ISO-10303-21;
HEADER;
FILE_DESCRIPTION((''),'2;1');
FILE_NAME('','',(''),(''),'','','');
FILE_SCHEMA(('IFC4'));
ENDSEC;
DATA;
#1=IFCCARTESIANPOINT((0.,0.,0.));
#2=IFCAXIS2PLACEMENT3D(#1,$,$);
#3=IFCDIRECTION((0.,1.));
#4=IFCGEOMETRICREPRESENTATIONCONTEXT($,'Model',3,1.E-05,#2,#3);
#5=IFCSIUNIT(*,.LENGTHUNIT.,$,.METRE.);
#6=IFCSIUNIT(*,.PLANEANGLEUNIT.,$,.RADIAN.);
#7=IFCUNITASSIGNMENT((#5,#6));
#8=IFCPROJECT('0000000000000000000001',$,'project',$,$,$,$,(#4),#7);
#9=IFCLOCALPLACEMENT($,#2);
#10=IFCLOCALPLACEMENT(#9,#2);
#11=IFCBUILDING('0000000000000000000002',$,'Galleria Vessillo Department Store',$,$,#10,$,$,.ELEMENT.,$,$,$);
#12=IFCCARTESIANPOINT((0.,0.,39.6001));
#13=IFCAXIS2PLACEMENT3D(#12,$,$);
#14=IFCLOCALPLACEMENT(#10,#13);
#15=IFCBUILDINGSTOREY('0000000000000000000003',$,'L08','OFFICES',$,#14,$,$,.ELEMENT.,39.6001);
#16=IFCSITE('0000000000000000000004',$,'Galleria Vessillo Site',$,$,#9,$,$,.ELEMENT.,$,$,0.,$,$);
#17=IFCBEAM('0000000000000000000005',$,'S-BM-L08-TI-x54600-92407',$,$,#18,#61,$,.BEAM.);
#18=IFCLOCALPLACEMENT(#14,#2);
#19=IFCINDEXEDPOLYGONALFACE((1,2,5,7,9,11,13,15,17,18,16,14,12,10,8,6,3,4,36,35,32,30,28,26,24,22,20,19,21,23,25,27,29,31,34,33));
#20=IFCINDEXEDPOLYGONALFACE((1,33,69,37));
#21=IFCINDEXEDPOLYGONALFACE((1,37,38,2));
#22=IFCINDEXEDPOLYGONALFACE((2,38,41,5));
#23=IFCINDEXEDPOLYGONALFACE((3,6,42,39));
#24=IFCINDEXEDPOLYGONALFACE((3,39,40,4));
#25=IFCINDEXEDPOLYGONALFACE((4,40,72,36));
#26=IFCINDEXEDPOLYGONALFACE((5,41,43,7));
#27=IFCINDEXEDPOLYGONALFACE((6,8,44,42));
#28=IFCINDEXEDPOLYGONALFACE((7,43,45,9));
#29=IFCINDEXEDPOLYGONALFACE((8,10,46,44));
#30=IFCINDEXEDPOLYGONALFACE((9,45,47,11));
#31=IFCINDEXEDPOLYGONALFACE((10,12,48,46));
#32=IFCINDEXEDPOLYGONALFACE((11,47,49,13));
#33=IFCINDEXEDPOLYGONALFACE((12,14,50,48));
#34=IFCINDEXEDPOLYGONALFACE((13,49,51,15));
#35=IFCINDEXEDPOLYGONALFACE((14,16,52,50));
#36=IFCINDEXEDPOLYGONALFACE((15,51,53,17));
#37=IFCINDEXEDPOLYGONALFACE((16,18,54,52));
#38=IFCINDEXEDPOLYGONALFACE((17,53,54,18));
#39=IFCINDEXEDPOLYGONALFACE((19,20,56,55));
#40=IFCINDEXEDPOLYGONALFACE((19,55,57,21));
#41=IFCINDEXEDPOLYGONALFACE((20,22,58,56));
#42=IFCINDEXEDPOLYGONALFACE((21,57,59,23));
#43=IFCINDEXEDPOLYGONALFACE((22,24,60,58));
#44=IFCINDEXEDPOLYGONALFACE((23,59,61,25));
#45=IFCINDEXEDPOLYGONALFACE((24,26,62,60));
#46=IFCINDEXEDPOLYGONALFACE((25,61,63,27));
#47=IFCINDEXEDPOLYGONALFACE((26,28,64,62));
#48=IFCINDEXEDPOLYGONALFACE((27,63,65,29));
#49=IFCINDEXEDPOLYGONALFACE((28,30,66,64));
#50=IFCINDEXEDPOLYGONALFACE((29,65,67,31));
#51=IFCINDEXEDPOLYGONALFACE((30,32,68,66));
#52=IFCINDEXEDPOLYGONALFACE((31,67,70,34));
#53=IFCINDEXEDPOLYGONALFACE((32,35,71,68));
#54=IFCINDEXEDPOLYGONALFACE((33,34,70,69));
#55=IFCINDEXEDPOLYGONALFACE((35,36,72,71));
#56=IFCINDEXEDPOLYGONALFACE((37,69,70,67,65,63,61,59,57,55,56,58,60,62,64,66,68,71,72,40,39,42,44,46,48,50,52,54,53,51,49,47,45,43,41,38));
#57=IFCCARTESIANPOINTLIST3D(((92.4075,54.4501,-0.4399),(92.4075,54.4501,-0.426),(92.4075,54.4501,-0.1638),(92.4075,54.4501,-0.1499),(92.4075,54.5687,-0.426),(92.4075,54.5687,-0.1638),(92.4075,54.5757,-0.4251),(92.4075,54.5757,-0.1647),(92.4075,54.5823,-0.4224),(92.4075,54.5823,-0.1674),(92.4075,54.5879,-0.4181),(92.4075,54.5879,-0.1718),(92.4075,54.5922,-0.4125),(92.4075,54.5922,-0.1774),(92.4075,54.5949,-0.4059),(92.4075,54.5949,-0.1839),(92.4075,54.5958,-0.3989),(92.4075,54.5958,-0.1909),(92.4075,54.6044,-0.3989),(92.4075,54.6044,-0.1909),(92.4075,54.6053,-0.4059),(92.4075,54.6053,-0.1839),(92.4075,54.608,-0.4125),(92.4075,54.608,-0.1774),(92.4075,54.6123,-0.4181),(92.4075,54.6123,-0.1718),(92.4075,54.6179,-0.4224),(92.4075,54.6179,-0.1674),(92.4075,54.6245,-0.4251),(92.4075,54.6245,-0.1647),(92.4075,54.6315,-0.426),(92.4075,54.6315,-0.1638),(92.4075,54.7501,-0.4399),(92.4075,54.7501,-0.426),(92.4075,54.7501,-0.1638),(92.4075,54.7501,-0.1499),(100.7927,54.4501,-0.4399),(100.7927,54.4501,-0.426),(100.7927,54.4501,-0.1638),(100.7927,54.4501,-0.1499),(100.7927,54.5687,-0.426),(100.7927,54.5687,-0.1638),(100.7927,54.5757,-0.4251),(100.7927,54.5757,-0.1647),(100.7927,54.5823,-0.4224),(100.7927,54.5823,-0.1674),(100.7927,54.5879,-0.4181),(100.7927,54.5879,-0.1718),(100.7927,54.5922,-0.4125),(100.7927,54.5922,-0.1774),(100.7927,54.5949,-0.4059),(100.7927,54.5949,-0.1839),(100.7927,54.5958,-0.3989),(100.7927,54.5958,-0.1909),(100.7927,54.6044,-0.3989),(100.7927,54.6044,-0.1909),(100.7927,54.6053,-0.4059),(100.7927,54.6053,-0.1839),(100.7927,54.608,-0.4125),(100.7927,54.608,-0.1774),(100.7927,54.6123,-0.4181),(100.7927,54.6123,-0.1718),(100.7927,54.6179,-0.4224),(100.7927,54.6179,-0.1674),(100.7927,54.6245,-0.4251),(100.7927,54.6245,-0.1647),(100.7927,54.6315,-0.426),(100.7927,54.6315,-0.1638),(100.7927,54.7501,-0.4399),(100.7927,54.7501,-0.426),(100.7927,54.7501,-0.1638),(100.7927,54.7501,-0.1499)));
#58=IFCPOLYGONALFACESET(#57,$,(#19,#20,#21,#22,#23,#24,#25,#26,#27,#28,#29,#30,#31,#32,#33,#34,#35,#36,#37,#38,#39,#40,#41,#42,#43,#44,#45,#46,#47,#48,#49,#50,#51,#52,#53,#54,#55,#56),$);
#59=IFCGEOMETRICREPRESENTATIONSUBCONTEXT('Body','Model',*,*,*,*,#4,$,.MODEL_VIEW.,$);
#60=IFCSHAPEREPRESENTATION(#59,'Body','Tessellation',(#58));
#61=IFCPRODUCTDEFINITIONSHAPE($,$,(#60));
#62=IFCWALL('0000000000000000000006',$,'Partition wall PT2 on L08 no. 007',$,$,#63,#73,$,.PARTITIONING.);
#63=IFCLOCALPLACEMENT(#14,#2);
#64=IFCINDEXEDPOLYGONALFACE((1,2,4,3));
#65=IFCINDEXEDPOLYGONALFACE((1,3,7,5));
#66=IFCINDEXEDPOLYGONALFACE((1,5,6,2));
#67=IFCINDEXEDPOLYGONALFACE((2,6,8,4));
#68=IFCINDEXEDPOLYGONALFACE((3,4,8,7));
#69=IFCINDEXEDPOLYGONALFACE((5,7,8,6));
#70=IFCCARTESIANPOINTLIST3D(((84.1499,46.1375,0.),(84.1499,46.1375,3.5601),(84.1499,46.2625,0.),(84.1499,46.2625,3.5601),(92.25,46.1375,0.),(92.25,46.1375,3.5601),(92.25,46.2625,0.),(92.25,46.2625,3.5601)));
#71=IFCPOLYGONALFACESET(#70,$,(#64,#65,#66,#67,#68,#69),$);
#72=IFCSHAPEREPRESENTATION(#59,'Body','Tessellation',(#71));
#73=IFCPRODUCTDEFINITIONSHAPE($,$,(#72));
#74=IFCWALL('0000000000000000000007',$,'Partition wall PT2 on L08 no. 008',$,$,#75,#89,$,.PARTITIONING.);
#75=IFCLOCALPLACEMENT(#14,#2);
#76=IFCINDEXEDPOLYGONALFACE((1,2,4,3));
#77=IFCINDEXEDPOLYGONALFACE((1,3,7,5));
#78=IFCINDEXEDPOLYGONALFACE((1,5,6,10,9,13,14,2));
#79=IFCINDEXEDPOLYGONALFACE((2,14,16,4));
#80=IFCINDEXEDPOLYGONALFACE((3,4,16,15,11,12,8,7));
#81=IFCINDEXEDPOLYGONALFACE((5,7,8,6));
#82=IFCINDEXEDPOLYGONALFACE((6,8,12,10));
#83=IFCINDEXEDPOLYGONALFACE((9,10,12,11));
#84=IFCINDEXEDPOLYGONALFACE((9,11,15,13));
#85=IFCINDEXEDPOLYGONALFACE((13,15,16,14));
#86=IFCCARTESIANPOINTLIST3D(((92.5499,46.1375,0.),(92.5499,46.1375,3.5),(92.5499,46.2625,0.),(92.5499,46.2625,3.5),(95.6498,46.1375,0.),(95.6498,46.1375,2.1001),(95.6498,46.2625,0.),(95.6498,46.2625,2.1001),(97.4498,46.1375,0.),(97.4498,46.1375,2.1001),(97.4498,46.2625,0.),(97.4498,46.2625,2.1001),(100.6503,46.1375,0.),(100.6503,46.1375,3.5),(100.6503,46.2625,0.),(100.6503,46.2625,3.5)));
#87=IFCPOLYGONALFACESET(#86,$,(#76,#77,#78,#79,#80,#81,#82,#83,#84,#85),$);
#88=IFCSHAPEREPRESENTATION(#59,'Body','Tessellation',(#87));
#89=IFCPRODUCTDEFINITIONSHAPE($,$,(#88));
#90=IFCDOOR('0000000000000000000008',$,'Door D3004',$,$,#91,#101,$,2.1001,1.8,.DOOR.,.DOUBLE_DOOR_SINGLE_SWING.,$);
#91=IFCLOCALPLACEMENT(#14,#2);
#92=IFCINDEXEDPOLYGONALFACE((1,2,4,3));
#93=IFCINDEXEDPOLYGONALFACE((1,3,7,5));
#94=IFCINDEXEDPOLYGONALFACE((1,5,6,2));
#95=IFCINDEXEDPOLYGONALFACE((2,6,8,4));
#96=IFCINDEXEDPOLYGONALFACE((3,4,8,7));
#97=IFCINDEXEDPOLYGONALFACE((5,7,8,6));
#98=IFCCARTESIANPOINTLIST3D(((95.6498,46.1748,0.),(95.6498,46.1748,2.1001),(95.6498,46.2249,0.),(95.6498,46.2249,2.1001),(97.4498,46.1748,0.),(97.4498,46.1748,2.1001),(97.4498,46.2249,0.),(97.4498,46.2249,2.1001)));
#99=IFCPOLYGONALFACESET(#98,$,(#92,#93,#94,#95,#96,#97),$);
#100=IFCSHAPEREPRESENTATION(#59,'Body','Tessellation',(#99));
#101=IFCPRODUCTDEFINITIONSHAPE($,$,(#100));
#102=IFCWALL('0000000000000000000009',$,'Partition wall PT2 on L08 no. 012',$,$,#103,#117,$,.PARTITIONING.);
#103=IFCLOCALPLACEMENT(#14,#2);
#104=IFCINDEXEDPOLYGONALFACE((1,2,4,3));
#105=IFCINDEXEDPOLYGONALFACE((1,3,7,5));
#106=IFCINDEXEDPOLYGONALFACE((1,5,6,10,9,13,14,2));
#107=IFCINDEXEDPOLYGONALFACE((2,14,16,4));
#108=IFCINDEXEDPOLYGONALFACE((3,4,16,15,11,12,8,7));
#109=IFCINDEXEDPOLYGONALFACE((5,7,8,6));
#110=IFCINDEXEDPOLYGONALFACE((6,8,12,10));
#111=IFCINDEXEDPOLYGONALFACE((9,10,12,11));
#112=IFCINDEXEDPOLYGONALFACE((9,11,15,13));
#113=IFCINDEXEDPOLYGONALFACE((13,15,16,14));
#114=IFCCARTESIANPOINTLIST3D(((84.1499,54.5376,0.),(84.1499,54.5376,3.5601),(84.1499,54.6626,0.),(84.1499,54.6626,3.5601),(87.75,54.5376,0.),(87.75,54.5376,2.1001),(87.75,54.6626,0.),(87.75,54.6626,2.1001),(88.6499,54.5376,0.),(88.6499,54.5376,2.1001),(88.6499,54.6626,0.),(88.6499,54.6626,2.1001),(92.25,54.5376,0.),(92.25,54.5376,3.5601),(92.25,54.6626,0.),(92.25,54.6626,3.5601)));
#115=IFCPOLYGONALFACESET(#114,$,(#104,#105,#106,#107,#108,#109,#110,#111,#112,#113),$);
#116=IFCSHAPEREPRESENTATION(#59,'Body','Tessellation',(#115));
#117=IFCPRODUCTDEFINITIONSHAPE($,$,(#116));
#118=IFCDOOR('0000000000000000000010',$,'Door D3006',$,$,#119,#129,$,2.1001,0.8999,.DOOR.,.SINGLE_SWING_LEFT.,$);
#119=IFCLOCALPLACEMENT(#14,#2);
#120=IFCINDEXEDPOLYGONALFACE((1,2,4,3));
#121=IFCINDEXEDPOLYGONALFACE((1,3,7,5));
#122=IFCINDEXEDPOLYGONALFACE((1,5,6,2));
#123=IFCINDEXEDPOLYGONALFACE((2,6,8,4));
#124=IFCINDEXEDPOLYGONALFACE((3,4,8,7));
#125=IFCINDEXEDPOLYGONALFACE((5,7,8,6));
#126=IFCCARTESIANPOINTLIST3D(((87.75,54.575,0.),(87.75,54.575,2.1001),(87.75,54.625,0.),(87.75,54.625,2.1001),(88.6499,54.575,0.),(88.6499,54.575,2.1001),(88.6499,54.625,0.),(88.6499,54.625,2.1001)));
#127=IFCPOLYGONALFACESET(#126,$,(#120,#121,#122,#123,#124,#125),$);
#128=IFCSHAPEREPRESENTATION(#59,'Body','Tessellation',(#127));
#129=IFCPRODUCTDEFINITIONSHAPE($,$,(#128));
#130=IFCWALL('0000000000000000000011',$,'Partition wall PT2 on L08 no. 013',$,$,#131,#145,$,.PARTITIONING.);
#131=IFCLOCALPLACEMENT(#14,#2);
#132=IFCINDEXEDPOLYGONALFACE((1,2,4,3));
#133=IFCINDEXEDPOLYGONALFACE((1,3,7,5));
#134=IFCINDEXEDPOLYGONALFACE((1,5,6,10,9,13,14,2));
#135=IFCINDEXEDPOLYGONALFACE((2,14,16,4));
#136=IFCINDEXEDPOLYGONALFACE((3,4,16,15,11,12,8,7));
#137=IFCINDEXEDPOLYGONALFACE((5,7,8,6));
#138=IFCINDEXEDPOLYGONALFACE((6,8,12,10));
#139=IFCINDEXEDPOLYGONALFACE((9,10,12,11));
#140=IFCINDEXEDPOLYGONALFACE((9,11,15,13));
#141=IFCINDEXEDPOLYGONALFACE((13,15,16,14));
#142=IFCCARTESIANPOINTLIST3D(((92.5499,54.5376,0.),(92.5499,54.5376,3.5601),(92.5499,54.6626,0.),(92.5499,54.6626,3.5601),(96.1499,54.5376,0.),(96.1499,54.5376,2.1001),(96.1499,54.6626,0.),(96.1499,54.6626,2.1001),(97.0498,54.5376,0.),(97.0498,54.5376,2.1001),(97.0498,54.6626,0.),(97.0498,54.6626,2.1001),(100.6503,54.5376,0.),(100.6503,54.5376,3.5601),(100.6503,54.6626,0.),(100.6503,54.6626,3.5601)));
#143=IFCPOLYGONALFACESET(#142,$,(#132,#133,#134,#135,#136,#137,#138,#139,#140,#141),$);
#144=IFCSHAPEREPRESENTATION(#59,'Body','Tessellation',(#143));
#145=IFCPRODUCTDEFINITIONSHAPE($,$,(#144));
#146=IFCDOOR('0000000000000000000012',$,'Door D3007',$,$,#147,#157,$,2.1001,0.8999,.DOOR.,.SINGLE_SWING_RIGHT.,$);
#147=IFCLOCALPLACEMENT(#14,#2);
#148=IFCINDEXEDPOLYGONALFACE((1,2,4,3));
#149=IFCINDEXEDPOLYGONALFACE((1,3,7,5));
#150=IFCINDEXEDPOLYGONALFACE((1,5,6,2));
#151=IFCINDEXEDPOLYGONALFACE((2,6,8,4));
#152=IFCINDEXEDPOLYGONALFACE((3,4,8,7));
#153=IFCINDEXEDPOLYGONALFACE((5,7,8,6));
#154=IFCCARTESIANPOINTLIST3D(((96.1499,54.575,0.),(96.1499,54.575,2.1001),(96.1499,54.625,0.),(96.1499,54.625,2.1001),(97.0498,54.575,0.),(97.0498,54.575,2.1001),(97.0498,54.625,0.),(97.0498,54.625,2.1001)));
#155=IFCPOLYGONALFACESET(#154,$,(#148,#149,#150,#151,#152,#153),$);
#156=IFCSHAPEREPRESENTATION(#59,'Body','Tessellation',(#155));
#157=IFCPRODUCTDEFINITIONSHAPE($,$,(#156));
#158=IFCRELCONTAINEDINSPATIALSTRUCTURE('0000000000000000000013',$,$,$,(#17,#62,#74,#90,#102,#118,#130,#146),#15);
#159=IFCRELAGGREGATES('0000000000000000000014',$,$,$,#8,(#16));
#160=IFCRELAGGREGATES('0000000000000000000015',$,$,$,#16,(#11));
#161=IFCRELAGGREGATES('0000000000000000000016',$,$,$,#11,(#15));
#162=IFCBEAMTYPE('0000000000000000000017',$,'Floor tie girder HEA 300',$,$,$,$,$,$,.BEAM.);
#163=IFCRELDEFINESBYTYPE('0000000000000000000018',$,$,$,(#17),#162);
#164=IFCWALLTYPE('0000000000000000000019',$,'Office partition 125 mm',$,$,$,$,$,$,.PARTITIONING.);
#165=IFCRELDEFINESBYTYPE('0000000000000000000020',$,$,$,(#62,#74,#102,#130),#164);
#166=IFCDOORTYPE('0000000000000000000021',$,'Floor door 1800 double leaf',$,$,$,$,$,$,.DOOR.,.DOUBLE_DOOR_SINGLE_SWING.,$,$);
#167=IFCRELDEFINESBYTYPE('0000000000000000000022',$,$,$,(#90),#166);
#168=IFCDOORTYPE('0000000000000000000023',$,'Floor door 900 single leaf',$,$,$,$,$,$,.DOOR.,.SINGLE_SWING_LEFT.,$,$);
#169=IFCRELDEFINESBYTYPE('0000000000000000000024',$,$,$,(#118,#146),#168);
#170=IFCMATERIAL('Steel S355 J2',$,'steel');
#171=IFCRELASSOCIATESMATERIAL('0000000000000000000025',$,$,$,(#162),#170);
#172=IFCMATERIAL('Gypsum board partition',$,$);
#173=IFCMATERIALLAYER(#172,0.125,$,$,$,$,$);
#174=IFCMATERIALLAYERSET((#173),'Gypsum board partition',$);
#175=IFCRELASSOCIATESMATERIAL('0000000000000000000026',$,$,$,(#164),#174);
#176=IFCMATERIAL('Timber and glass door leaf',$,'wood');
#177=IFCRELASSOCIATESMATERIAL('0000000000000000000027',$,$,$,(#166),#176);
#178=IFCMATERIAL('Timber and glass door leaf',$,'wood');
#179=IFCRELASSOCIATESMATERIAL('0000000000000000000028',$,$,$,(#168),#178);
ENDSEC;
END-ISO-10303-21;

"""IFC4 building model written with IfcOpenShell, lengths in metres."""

from ifc_helpers import new_model, si_unit, direction, frame, frame_2d, origin, origin_2d, place, context, subcontext, project, spatial, rectangle, i_section, extrude, material, layer, layer_set, material_profile, profile_set, type_object, element, fill, save


model = new_model("IFC4")

# Units and contexts
model_context = context("Model", 3, precision=1e-05, world=origin(), true_north=direction((0.0, 1.0)))
body_context = subcontext(model_context, "Body", "Model", "MODEL_VIEW")
ifc_project = project(units=[si_unit("LENGTHUNIT", "METRE"), si_unit("PLANEANGLEUNIT", "RADIAN")], contexts=[model_context])

# Site, building, storey
site_placement = place(None, origin())
site = spatial("IfcSite", under=ifc_project, at=site_placement, Name="Galleria Vessillo Site", CompositionType="ELEMENT", RefElevation=0.0)
building_placement = place(site_placement, origin())
building = spatial("IfcBuilding", under=site, at=building_placement, Name="Galleria Vessillo Department Store", CompositionType="ELEMENT")
storey_placement = place(building_placement, frame((0.0, 0.0, 39.6001)))
storey = spatial("IfcBuildingStorey", under=building, at=storey_placement, Name="L08", Description="OFFICES", CompositionType="ELEMENT", Elevation=39.6001)

# Beam
ifc_material_1 = material(Name="Steel S355 J2", Category="steel")
ifc_material_profile_1 = material_profile(ifc_material_1, i_section(OverallWidth=0.3, OverallDepth=0.29, WebThickness=0.0085, FlangeThickness=0.0139, FilletRadius=0.0271, at=origin_2d()), Name="HEA 300")
ifc_profile_set_1 = profile_set([ifc_material_profile_1], Name="Steel S355 J2")
beam_type_1 = type_object("IfcBeamType", Name="Floor tie girder HEA 300", PredefinedType="BEAM", material=ifc_profile_set_1)
for number, where, z_axis, x_axis, name in (
    (1, (92.4075, 54.6001, -0.2949), (1.0, 0.0, 0.0), (0.0, 1.0, 0.0), "S-BM-L08-TI-x54600-92407"),
):
    element("IfcBeam", number, at=place(storey_placement, frame(where, z_axis=z_axis, x_axis=x_axis)), inside=storey, type_object=beam_type_1, Name=name, PredefinedType="BEAM", context=body_context, shape_type="SweptSolid", body=[
        extrude(i_section(OverallWidth=0.3, OverallDepth=0.29, WebThickness=0.0085, FlangeThickness=0.0139, FilletRadius=0.0271, at=origin_2d()), origin(), (0.0, 0.0, 1.0), 8.3853),
    ])

# Wall
ifc_material_2 = material(Name="Gypsum board partition")
ifc_layer_1 = layer(ifc_material_2, 0.125)
ifc_layer_set_1 = layer_set([ifc_layer_1], Name="Gypsum board partition")
wall_type = type_object("IfcWallType", Name="Office partition 125 mm", PredefinedType="PARTITIONING", material=ifc_layer_set_1)
wall_1_placement = place(storey_placement, frame((84.1499, 46.2, 0.0), z_axis=(0.0, 0.0, 1.0), x_axis=(1.0, 0.0, 0.0)))
element("IfcWall", 2, at=wall_1_placement, inside=storey, type_object=wall_type, Name="Partition wall PT2 on L08 no. 007", PredefinedType="PARTITIONING", context=body_context, shape_type="SweptSolid", body=[
    extrude(rectangle(XDim=8.1001, YDim=0.125, at=frame_2d((4.05, 0.0))), origin(), (0.0, 0.0, 1.0), 3.5601),
])

# Walls, openings, doors
wall_2_placement = place(storey_placement, frame((92.5498, 46.2, 0.0), z_axis=(0.0, 0.0, 1.0), x_axis=(1.0, 0.0, 0.0)))
wall_2 = element("IfcWall", 3, at=wall_2_placement, inside=storey, type_object=wall_type, Name="Partition wall PT2 on L08 no. 008", PredefinedType="PARTITIONING", context=body_context, shape_type="SweptSolid", body=[
    extrude(rectangle(XDim=8.1003, YDim=0.125, at=frame_2d((4.0503, 0.0))), origin(), (0.0, 0.0, 1.0), 3.5),
])
opening_1_placement = place(wall_2_placement, frame((3.1001, 0.0, 0.0)))
opening_1 = element("IfcOpeningElement", 4, at=opening_1_placement, cuts=wall_2, PredefinedType="OPENING", context=body_context, shape_type="SweptSolid", body=[
    extrude(rectangle(XDim=1.8, YDim=2.1001, at=frame_2d((0.8999, 1.05))), frame((0.0, 0.0725, 0.0), z_axis=(0.0, -1.0, 0.0), x_axis=(1.0, 0.0, 0.0)), (0.0, 0.0, 1.0), 0.145),
])
ifc_material_3 = material(Name="Timber and glass door leaf", Category="wood")
door_type_1 = type_object("IfcDoorType", Name="Floor door 1800 double leaf", OperationType="DOUBLE_DOOR_SINGLE_SWING", PredefinedType="DOOR", material=ifc_material_3)
door_1_placement = place(opening_1_placement, origin())
door_1 = element("IfcDoor", 5, at=door_1_placement, inside=storey, type_object=door_type_1, Name="Door D3004", OperationType="DOUBLE_DOOR_SINGLE_SWING", OverallHeight=2.1001, OverallWidth=1.8, PredefinedType="DOOR", context=body_context, shape_type="SweptSolid", body=[
    extrude(rectangle(XDim=1.8, YDim=2.1001, at=frame_2d((0.8999, 1.05))), frame((0.0, 0.0249, 0.0), z_axis=(0.0, -1.0, 0.0), x_axis=(1.0, 0.0, 0.0)), (0.0, 0.0, 1.0), 0.05),
])
fill(opening_1, door_1)
wall_3_placement = place(storey_placement, frame((84.1499, 54.6001, 0.0), z_axis=(0.0, 0.0, 1.0), x_axis=(1.0, 0.0, 0.0)))
wall_3 = element("IfcWall", 6, at=wall_3_placement, inside=storey, type_object=wall_type, Name="Partition wall PT2 on L08 no. 012", PredefinedType="PARTITIONING", context=body_context, shape_type="SweptSolid", body=[
    extrude(rectangle(XDim=8.1001, YDim=0.125, at=frame_2d((4.05, 0.0))), origin(), (0.0, 0.0, 1.0), 3.5601),
])
opening_2_placement = place(wall_3_placement, frame((3.6001, 0.0, 0.0)))
opening_2 = element("IfcOpeningElement", 7, at=opening_2_placement, cuts=wall_3, PredefinedType="OPENING", context=body_context, shape_type="SweptSolid", body=[
    extrude(rectangle(XDim=0.8999, YDim=2.1001, at=frame_2d((0.45, 1.05))), frame((0.0, 0.0725, 0.0), z_axis=(0.0, -1.0, 0.0), x_axis=(1.0, 0.0, 0.0)), (0.0, 0.0, 1.0), 0.145),
])
ifc_material_4 = material(Name="Timber and glass door leaf", Category="wood")
door_type_2 = type_object("IfcDoorType", Name="Floor door 900 single leaf", OperationType="SINGLE_SWING_LEFT", PredefinedType="DOOR", material=ifc_material_4)
door_2_placement = place(opening_2_placement, origin())
door_2 = element("IfcDoor", 8, at=door_2_placement, inside=storey, type_object=door_type_2, Name="Door D3006", OperationType="SINGLE_SWING_LEFT", OverallHeight=2.1001, OverallWidth=0.8999, PredefinedType="DOOR", context=body_context, shape_type="SweptSolid", body=[
    extrude(rectangle(XDim=0.8999, YDim=2.1001, at=frame_2d((0.45, 1.05))), frame((0.0, 0.0249, 0.0), z_axis=(0.0, -1.0, 0.0), x_axis=(1.0, 0.0, 0.0)), (0.0, 0.0, 1.0), 0.05),
])
fill(opening_2, door_2)
wall_4_placement = place(storey_placement, frame((92.5498, 54.6001, 0.0), z_axis=(0.0, 0.0, 1.0), x_axis=(1.0, 0.0, 0.0)))
wall_4 = element("IfcWall", 9, at=wall_4_placement, inside=storey, type_object=wall_type, Name="Partition wall PT2 on L08 no. 013", PredefinedType="PARTITIONING", context=body_context, shape_type="SweptSolid", body=[
    extrude(rectangle(XDim=8.1003, YDim=0.125, at=frame_2d((4.0503, 0.0))), origin(), (0.0, 0.0, 1.0), 3.5601),
])
opening_3_placement = place(wall_4_placement, frame((3.6001, 0.0, 0.0)))
opening_3 = element("IfcOpeningElement", 10, at=opening_3_placement, cuts=wall_4, PredefinedType="OPENING", context=body_context, shape_type="SweptSolid", body=[
    extrude(rectangle(XDim=0.8999, YDim=2.1001, at=frame_2d((0.45, 1.05))), frame((0.0, 0.0725, 0.0), z_axis=(0.0, -1.0, 0.0), x_axis=(1.0, 0.0, 0.0)), (0.0, 0.0, 1.0), 0.145),
])
door_3_placement = place(opening_3_placement, origin())
door_3 = element("IfcDoor", 11, at=door_3_placement, inside=storey, type_object=door_type_2, Name="Door D3007", OperationType="SINGLE_SWING_RIGHT", OverallHeight=2.1001, OverallWidth=0.8999, PredefinedType="DOOR", context=body_context, shape_type="SweptSolid", body=[
    extrude(rectangle(XDim=0.8999, YDim=2.1001, at=frame_2d((0.45, 1.05))), frame((0.0, 0.0249, 0.0), z_axis=(0.0, -1.0, 0.0), x_axis=(1.0, 0.0, 0.0)), (0.0, 0.0, 1.0), 0.05),
])
fill(opening_3, door_3)

save(model, "model.ifc")
